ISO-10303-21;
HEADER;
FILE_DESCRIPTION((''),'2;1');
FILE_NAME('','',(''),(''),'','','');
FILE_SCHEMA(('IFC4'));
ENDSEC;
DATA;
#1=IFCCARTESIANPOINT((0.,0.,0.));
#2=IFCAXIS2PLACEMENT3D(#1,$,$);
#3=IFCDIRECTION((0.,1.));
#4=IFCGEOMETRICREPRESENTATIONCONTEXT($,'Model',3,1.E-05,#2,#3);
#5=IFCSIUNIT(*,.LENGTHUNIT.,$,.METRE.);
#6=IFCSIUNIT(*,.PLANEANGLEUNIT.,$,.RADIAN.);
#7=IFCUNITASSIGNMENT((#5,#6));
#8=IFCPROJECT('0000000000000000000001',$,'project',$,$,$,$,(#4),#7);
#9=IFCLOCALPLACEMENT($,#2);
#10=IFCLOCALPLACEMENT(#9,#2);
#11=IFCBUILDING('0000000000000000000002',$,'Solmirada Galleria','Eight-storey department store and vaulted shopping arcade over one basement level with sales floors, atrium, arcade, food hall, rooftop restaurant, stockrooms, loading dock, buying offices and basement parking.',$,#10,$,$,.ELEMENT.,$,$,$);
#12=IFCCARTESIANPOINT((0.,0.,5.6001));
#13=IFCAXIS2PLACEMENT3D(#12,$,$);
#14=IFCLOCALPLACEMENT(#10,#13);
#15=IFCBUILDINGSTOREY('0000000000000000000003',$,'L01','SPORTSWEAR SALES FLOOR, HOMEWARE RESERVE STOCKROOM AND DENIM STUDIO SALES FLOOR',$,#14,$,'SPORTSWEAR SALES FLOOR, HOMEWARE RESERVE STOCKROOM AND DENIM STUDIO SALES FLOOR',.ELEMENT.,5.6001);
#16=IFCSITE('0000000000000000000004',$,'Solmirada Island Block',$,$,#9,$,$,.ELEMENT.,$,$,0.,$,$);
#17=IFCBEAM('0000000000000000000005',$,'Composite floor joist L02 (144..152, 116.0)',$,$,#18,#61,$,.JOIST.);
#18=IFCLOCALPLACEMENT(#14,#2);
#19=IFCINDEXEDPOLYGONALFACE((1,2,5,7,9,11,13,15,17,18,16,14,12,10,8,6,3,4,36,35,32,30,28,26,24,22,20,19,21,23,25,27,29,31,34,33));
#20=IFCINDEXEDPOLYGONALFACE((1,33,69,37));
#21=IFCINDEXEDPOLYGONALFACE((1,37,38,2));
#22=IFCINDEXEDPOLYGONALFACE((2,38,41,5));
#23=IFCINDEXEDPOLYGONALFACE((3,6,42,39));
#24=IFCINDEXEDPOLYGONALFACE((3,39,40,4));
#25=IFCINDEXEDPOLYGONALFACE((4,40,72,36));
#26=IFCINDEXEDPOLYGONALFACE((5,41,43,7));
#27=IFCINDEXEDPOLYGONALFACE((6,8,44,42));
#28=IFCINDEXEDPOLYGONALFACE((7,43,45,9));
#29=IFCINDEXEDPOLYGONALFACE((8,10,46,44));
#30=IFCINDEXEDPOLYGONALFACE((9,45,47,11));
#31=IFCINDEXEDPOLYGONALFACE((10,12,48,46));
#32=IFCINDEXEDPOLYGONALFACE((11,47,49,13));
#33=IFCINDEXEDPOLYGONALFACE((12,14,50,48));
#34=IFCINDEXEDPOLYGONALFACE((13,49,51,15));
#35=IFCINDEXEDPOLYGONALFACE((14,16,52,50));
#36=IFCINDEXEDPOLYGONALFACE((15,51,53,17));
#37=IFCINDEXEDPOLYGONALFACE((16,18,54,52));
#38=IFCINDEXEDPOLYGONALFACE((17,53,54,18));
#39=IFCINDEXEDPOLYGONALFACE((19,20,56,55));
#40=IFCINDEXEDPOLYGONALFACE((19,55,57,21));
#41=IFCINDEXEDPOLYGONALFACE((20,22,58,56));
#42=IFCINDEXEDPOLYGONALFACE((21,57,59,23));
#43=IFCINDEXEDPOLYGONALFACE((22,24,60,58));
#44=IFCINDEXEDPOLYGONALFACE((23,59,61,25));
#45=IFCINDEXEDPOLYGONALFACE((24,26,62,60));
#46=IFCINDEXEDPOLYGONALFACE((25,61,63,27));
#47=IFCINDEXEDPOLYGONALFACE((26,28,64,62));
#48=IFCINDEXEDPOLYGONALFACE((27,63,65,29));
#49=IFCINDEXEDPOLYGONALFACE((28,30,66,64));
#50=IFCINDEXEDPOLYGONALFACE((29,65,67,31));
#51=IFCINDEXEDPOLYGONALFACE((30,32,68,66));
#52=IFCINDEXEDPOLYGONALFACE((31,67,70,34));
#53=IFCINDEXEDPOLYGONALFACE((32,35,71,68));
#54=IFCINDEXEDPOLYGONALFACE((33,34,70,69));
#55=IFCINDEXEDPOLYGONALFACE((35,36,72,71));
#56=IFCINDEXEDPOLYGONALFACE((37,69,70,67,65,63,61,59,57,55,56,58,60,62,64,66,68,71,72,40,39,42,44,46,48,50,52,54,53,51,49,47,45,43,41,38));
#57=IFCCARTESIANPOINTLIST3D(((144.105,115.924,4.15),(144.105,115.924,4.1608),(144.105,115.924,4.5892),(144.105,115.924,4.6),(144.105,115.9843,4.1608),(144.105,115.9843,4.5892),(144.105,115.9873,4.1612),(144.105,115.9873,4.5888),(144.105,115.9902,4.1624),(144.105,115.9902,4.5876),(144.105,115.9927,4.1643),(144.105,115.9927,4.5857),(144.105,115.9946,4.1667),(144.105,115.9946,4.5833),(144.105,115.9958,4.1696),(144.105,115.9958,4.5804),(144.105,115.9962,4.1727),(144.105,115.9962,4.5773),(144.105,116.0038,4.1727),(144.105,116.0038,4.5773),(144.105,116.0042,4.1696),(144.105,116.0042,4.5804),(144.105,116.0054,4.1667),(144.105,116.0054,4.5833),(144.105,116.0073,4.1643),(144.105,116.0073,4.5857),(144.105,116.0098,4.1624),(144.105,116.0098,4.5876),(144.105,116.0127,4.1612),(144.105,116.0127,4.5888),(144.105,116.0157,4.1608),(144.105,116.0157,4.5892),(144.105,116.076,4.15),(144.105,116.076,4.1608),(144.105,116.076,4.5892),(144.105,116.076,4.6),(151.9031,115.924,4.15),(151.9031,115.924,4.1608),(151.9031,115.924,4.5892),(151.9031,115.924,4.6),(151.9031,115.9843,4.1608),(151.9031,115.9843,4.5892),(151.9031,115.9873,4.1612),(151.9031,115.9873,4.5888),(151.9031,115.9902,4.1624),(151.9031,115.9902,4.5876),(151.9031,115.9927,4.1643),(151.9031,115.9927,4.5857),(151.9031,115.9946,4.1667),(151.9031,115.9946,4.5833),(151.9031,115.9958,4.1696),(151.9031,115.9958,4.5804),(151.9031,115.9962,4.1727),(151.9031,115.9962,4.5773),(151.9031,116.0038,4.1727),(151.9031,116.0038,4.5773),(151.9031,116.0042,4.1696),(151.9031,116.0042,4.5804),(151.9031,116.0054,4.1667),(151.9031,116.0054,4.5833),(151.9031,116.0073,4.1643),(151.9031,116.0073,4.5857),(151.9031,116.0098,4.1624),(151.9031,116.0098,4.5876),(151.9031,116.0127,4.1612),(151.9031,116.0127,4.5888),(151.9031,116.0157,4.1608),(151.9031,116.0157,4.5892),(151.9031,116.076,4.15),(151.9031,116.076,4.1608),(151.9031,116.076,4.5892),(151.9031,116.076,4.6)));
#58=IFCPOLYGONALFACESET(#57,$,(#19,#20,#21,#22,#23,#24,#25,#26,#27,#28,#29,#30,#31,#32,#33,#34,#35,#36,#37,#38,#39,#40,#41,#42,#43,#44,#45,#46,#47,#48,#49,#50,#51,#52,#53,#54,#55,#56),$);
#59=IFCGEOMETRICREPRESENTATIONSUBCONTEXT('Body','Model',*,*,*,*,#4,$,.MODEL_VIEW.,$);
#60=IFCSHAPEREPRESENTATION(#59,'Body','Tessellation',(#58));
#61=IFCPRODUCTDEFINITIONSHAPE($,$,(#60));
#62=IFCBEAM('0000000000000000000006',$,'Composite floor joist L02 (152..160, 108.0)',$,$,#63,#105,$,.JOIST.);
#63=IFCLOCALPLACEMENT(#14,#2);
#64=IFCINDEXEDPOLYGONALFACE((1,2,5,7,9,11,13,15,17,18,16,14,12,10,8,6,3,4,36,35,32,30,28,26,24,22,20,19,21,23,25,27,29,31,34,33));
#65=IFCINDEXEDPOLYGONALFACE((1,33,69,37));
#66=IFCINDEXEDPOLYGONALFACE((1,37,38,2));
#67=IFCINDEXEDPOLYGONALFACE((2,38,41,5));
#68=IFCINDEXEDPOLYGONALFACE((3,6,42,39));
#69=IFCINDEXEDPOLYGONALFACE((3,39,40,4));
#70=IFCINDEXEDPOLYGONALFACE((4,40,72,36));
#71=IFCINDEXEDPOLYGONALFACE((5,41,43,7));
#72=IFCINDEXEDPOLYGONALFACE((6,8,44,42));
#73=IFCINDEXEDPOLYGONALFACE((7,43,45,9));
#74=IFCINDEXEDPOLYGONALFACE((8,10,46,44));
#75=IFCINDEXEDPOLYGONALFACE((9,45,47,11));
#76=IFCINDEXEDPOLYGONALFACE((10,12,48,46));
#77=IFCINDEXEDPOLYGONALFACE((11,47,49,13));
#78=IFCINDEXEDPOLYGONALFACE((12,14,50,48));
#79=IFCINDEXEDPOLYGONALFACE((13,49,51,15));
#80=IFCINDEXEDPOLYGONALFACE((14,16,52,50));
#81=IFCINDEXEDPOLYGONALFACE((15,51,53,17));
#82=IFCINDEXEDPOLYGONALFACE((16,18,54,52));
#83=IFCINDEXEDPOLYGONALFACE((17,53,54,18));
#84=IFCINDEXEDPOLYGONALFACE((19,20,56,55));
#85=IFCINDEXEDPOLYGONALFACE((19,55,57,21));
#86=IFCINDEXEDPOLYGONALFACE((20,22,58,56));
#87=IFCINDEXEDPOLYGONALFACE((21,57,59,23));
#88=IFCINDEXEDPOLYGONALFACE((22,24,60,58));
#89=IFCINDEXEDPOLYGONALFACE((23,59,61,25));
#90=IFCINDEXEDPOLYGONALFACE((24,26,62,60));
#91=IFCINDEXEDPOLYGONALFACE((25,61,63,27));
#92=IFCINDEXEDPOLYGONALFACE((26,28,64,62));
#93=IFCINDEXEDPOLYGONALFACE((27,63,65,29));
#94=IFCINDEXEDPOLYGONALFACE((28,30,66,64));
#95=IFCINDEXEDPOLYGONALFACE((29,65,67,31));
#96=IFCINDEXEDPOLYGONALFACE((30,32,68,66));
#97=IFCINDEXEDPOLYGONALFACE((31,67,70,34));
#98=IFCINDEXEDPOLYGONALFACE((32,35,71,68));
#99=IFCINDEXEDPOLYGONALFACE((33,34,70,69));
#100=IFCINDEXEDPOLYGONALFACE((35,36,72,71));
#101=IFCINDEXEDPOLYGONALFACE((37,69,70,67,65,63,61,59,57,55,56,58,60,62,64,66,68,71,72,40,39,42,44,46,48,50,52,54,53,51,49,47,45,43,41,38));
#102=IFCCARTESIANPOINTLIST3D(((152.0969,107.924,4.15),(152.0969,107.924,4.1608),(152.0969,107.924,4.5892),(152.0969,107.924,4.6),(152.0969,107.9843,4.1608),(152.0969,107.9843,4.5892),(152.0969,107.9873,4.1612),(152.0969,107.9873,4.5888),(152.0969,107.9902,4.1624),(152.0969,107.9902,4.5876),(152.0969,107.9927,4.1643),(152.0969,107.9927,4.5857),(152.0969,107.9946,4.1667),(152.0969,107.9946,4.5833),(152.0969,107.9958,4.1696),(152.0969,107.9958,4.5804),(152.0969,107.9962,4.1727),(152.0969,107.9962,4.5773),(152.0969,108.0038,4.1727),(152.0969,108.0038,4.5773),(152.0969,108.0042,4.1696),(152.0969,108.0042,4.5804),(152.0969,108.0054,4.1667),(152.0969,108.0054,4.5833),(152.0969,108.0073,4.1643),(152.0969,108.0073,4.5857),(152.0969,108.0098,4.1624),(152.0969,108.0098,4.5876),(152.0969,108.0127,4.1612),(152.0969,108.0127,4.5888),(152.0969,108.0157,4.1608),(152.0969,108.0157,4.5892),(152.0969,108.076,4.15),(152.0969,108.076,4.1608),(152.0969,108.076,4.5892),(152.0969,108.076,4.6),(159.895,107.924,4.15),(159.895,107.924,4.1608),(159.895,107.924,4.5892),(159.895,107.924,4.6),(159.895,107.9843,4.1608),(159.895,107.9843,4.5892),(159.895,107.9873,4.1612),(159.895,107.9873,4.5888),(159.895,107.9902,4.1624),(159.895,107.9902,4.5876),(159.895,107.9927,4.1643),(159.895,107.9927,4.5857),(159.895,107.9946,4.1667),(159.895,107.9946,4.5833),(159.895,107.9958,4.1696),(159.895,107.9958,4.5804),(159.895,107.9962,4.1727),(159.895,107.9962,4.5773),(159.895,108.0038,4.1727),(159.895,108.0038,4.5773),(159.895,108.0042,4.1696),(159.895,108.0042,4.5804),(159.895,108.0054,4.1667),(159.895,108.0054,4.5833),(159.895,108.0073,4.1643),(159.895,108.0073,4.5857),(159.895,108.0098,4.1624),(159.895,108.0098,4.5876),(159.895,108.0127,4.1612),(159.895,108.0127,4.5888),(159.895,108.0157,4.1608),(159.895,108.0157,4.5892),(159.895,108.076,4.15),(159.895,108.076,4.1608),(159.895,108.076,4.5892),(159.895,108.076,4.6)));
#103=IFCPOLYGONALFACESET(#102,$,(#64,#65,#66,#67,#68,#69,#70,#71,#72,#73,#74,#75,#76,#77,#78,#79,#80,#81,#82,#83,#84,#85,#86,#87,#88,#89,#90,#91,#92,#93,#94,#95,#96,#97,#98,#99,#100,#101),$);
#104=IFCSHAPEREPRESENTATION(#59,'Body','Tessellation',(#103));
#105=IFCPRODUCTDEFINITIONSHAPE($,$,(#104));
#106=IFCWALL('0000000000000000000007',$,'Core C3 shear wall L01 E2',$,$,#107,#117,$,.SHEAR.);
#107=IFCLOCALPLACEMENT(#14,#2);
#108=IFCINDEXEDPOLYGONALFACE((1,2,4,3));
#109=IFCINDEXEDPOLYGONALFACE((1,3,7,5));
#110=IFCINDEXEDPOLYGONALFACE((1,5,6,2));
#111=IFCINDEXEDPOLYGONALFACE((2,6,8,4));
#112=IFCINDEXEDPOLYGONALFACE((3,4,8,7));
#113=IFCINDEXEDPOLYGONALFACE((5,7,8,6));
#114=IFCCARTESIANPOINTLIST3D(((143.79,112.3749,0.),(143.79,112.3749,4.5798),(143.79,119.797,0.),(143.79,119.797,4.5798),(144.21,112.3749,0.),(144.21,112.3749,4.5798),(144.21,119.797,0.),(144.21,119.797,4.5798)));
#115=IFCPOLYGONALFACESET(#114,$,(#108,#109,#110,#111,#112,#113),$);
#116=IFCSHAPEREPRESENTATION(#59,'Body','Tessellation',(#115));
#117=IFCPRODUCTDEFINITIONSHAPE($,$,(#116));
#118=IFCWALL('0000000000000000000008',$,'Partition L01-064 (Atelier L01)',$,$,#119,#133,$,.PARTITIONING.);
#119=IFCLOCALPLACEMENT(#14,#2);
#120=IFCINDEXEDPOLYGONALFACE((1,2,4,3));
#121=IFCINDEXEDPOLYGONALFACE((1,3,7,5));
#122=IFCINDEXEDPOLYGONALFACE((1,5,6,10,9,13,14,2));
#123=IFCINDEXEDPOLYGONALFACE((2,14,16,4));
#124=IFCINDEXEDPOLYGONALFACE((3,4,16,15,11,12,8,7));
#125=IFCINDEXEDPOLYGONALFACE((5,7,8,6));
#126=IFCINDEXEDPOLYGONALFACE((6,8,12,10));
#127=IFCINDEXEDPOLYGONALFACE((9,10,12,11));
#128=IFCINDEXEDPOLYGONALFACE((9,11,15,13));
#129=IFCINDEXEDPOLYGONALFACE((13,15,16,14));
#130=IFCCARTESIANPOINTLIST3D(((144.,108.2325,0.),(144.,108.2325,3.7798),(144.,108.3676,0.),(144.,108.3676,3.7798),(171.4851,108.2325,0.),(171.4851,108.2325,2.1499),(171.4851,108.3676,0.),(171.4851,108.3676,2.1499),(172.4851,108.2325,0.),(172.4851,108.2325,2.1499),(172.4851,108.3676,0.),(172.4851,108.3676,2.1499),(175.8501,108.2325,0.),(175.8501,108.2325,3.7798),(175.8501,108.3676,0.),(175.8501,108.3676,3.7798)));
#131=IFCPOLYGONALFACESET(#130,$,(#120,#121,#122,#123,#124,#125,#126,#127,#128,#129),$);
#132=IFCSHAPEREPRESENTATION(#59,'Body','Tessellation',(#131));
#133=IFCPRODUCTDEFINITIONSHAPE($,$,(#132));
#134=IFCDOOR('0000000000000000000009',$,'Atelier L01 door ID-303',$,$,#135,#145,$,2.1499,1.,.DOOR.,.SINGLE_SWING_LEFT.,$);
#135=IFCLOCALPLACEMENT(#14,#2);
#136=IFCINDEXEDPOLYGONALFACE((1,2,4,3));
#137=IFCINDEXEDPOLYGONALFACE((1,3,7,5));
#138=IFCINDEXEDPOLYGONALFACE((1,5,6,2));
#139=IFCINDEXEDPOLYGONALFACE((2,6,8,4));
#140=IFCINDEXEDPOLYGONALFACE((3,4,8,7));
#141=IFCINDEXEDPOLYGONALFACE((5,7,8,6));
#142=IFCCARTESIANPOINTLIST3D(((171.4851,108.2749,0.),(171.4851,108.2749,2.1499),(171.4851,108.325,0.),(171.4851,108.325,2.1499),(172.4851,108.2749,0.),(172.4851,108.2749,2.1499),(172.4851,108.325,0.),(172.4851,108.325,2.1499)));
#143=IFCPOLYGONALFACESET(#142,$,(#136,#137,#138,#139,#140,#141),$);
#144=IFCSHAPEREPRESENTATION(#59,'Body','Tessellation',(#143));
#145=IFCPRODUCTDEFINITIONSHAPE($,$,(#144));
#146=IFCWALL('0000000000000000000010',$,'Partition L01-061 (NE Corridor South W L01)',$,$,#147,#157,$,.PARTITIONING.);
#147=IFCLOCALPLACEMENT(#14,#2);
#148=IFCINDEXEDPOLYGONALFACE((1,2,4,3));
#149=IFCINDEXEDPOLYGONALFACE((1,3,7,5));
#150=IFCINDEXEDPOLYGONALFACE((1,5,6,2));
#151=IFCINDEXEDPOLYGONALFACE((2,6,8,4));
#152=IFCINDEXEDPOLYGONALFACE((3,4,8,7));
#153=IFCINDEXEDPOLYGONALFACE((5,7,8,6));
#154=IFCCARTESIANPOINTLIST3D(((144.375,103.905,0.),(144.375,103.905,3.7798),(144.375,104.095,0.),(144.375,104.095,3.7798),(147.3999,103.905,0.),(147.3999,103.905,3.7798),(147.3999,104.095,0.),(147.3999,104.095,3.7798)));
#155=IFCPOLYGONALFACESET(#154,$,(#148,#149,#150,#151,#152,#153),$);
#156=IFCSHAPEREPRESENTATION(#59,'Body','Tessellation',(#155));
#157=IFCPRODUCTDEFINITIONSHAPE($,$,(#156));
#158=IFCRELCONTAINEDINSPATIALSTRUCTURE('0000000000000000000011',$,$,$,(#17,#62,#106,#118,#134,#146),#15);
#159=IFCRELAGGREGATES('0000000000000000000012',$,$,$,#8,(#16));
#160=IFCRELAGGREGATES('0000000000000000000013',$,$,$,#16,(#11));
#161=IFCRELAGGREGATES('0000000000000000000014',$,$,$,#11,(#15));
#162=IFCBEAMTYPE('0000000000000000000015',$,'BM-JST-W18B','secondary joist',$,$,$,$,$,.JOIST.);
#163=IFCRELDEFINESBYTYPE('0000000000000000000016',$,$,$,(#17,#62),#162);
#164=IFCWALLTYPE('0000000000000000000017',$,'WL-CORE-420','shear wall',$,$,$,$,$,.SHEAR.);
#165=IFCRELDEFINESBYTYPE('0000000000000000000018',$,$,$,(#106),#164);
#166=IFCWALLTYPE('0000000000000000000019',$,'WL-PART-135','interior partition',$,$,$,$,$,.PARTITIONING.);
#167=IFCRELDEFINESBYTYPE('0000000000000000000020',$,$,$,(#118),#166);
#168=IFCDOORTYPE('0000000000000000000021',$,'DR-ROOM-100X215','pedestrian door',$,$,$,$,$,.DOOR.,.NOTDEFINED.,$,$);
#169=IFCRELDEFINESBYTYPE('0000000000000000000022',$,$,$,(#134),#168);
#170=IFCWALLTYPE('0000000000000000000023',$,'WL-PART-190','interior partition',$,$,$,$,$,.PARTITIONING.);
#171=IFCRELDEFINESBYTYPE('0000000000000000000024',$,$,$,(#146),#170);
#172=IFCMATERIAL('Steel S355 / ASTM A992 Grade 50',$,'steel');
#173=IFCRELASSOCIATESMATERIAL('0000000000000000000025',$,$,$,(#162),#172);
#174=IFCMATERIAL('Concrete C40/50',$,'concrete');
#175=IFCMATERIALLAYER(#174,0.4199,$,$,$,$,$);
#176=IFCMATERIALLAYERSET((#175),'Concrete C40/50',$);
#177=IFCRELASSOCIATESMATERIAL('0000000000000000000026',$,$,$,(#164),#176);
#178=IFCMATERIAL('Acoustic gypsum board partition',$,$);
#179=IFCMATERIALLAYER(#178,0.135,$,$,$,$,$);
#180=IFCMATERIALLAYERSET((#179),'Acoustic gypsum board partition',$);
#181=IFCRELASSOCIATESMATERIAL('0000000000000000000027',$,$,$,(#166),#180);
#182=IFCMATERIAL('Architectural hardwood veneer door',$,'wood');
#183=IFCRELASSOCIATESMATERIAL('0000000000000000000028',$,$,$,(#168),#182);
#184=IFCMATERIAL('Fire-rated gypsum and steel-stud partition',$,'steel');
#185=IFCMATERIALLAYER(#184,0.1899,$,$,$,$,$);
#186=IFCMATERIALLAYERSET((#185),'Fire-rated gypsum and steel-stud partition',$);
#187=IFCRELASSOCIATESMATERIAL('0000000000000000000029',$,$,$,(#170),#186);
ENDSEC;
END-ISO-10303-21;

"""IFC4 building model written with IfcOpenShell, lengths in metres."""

from ifc_helpers import new_model, si_unit, direction, frame, frame_2d, origin, origin_2d, place, context, subcontext, project, spatial, rectangle, i_section, extrude, material, layer, layer_set, material_profile, profile_set, type_object, element, fill, save


model = new_model("IFC4")

# Units and contexts
model_context = context("Model", 3, precision=1e-05, world=origin(), true_north=direction((0.0, 1.0)))
body_context = subcontext(model_context, "Body", "Model", "MODEL_VIEW")
ifc_project = project(units=[si_unit("LENGTHUNIT", "METRE"), si_unit("PLANEANGLEUNIT", "RADIAN")], contexts=[model_context])

# Site, building, storey
site_placement = place(None, origin())
site = spatial("IfcSite", under=ifc_project, at=site_placement, Name="Solmirada Island Block", CompositionType="ELEMENT", RefElevation=0.0)
building_placement = place(site_placement, origin())
building = spatial("IfcBuilding", under=site, at=building_placement, Name="Solmirada Galleria", Description="Eight-storey department store and vaulted shopping arcade over one basement level with sales floors, atrium, arcade, food hall, rooftop restaurant, stockrooms, loading dock, buying offices and basement parking.", CompositionType="ELEMENT")
storey_placement = place(building_placement, frame((0.0, 0.0, 5.6001)))
storey = spatial("IfcBuildingStorey", under=building, at=storey_placement, Name="L01", Description="SPORTSWEAR SALES FLOOR, HOMEWARE RESERVE STOCKROOM AND DENIM STUDIO SALES FLOOR", LongName="SPORTSWEAR SALES FLOOR, HOMEWARE RESERVE STOCKROOM AND DENIM STUDIO SALES FLOOR", CompositionType="ELEMENT", Elevation=5.6001)

# Shared definitions
ifc_material_1 = material(Name="Concrete C40/50", Category="concrete")

# Beams
ifc_material_2 = material(Name="Steel S355 / ASTM A992 Grade 50", Category="steel")
ifc_material_profile_1 = material_profile(ifc_material_2, i_section(OverallWidth=0.1521, OverallDepth=0.45, WebThickness=0.0076, FlangeThickness=0.0107, FilletRadius=0.012, at=origin_2d()), Name="W18X35")
ifc_profile_set_1 = profile_set([ifc_material_profile_1], Name="Steel S355 / ASTM A992 Grade 50")
beam_type_1 = type_object("IfcBeamType", Name="BM-JST-W18B", Description="secondary joist", PredefinedType="JOIST", material=ifc_profile_set_1)
for number, where, z_axis, x_axis, name in (
    (1, (144.105, 116.0, 4.375), (1.0, 0.0, 0.0), (0.0, 1.0, 0.0), "Composite floor joist L02 (144..152, 116.0)"),
    (2, (152.0969, 108.0, 4.375), (1.0, 0.0, 0.0), (0.0, 1.0, 0.0), "Composite floor joist L02 (152..160, 108.0)"),
):
    element("IfcBeam", number, at=place(storey_placement, frame(where, z_axis=z_axis, x_axis=x_axis)), inside=storey, type_object=beam_type_1, Name=name, PredefinedType="JOIST", context=body_context, shape_type="SweptSolid", body=[
        extrude(i_section(OverallWidth=0.1521, OverallDepth=0.45, WebThickness=0.0076, FlangeThickness=0.0107, FilletRadius=0.012, at=origin_2d()), origin(), (0.0, 0.0, 1.0), 7.7981),
    ])

# Shared definitions
ifc_layer_1 = layer(ifc_material_1, 0.4199)
ifc_layer_set_1 = layer_set([ifc_layer_1], Name="Concrete C40/50")
wall_type_1 = type_object("IfcWallType", Name="WL-CORE-420", Description="shear wall", PredefinedType="SHEAR", material=ifc_layer_set_1)

# Wall
wall_1_placement = place(storey_placement, frame((144.0, 112.375, 0.0), z_axis=(0.0, 0.0, 1.0), x_axis=(0.0, 1.0, 0.0)))
element("IfcWall", 3, at=wall_1_placement, inside=storey, type_object=wall_type_1, Name="Core C3 shear wall L01 E2", PredefinedType="SHEAR", context=body_context, shape_type="SweptSolid", body=[
    extrude(rectangle(XDim=7.4221, YDim=0.4199, at=frame_2d((3.7109, 0.0))), origin(), (0.0, 0.0, 1.0), 4.5798),
])

# Wall, opening, door
ifc_material_3 = material(Name="Acoustic gypsum board partition")
ifc_layer_2 = layer(ifc_material_3, 0.135)
ifc_layer_set_2 = layer_set([ifc_layer_2], Name="Acoustic gypsum board partition")
wall_type_2 = type_object("IfcWallType", Name="WL-PART-135", Description="interior partition", PredefinedType="PARTITIONING", material=ifc_layer_set_2)
wall_2_placement = place(storey_placement, frame((144.0, 108.3, 0.0), z_axis=(0.0, 0.0, 1.0), x_axis=(1.0, 0.0, 0.0)))
wall_2 = element("IfcWall", 4, at=wall_2_placement, inside=storey, type_object=wall_type_2, Name="Partition L01-064 (Atelier L01)", PredefinedType="PARTITIONING", context=body_context, shape_type="SweptSolid", body=[
    extrude(rectangle(XDim=31.8501, YDim=0.135, at=frame_2d((15.925, 0.0))), origin(), (0.0, 0.0, 1.0), 3.7798),
])
opening_1_placement = place(wall_2_placement, frame((27.4851, 0.0, 0.0)))
opening_1 = element("IfcOpeningElement", 5, at=opening_1_placement, cuts=wall_2, PredefinedType="OPENING", context=body_context, shape_type="SweptSolid", body=[
    extrude(rectangle(XDim=1.0, YDim=2.1499, at=frame_2d((0.5, 1.075))), frame((0.0, 0.0774, 0.0), z_axis=(0.0, -1.0, 0.0), x_axis=(1.0, 0.0, 0.0)), (0.0, 0.0, 1.0), 0.155),
])
ifc_material_4 = material(Name="Architectural hardwood veneer door", Category="wood")
door_type_1 = type_object("IfcDoorType", Name="DR-ROOM-100X215", Description="pedestrian door", OperationType="NOTDEFINED", PredefinedType="DOOR", material=ifc_material_4)
door_1_placement = place(opening_1_placement, origin())
door_1 = element("IfcDoor", 6, at=door_1_placement, inside=storey, type_object=door_type_1, Name="Atelier L01 door ID-303", OperationType="SINGLE_SWING_LEFT", OverallHeight=2.1499, OverallWidth=1.0, PredefinedType="DOOR", context=body_context, shape_type="SweptSolid", body=[
    extrude(rectangle(XDim=1.0, YDim=2.1499, at=frame_2d((0.5, 1.075))), frame((0.0, 0.0249, 0.0), z_axis=(0.0, -1.0, 0.0), x_axis=(1.0, 0.0, 0.0)), (0.0, 0.0, 1.0), 0.05),
])
fill(opening_1, door_1)

# Wall
ifc_material_5 = material(Name="Fire-rated gypsum and steel-stud partition", Category="steel")
ifc_layer_3 = layer(ifc_material_5, 0.1899)
ifc_layer_set_3 = layer_set([ifc_layer_3], Name="Fire-rated gypsum and steel-stud partition")
wall_type_3 = type_object("IfcWallType", Name="WL-PART-190", Description="interior partition", PredefinedType="PARTITIONING", material=ifc_layer_set_3)
wall_3_placement = place(storey_placement, frame((144.375, 104.0, 0.0), z_axis=(0.0, 0.0, 1.0), x_axis=(1.0, 0.0, 0.0)))
element("IfcWall", 7, at=wall_3_placement, inside=storey, type_object=wall_type_3, Name="Partition L01-061 (NE Corridor South W L01)", PredefinedType="PARTITIONING", context=body_context, shape_type="SweptSolid", body=[
    extrude(rectangle(XDim=3.0249, YDim=0.1899, at=frame_2d((1.5125, 0.0))), origin(), (0.0, 0.0, 1.0), 3.7798),
])

save(model, "model.ifc")
